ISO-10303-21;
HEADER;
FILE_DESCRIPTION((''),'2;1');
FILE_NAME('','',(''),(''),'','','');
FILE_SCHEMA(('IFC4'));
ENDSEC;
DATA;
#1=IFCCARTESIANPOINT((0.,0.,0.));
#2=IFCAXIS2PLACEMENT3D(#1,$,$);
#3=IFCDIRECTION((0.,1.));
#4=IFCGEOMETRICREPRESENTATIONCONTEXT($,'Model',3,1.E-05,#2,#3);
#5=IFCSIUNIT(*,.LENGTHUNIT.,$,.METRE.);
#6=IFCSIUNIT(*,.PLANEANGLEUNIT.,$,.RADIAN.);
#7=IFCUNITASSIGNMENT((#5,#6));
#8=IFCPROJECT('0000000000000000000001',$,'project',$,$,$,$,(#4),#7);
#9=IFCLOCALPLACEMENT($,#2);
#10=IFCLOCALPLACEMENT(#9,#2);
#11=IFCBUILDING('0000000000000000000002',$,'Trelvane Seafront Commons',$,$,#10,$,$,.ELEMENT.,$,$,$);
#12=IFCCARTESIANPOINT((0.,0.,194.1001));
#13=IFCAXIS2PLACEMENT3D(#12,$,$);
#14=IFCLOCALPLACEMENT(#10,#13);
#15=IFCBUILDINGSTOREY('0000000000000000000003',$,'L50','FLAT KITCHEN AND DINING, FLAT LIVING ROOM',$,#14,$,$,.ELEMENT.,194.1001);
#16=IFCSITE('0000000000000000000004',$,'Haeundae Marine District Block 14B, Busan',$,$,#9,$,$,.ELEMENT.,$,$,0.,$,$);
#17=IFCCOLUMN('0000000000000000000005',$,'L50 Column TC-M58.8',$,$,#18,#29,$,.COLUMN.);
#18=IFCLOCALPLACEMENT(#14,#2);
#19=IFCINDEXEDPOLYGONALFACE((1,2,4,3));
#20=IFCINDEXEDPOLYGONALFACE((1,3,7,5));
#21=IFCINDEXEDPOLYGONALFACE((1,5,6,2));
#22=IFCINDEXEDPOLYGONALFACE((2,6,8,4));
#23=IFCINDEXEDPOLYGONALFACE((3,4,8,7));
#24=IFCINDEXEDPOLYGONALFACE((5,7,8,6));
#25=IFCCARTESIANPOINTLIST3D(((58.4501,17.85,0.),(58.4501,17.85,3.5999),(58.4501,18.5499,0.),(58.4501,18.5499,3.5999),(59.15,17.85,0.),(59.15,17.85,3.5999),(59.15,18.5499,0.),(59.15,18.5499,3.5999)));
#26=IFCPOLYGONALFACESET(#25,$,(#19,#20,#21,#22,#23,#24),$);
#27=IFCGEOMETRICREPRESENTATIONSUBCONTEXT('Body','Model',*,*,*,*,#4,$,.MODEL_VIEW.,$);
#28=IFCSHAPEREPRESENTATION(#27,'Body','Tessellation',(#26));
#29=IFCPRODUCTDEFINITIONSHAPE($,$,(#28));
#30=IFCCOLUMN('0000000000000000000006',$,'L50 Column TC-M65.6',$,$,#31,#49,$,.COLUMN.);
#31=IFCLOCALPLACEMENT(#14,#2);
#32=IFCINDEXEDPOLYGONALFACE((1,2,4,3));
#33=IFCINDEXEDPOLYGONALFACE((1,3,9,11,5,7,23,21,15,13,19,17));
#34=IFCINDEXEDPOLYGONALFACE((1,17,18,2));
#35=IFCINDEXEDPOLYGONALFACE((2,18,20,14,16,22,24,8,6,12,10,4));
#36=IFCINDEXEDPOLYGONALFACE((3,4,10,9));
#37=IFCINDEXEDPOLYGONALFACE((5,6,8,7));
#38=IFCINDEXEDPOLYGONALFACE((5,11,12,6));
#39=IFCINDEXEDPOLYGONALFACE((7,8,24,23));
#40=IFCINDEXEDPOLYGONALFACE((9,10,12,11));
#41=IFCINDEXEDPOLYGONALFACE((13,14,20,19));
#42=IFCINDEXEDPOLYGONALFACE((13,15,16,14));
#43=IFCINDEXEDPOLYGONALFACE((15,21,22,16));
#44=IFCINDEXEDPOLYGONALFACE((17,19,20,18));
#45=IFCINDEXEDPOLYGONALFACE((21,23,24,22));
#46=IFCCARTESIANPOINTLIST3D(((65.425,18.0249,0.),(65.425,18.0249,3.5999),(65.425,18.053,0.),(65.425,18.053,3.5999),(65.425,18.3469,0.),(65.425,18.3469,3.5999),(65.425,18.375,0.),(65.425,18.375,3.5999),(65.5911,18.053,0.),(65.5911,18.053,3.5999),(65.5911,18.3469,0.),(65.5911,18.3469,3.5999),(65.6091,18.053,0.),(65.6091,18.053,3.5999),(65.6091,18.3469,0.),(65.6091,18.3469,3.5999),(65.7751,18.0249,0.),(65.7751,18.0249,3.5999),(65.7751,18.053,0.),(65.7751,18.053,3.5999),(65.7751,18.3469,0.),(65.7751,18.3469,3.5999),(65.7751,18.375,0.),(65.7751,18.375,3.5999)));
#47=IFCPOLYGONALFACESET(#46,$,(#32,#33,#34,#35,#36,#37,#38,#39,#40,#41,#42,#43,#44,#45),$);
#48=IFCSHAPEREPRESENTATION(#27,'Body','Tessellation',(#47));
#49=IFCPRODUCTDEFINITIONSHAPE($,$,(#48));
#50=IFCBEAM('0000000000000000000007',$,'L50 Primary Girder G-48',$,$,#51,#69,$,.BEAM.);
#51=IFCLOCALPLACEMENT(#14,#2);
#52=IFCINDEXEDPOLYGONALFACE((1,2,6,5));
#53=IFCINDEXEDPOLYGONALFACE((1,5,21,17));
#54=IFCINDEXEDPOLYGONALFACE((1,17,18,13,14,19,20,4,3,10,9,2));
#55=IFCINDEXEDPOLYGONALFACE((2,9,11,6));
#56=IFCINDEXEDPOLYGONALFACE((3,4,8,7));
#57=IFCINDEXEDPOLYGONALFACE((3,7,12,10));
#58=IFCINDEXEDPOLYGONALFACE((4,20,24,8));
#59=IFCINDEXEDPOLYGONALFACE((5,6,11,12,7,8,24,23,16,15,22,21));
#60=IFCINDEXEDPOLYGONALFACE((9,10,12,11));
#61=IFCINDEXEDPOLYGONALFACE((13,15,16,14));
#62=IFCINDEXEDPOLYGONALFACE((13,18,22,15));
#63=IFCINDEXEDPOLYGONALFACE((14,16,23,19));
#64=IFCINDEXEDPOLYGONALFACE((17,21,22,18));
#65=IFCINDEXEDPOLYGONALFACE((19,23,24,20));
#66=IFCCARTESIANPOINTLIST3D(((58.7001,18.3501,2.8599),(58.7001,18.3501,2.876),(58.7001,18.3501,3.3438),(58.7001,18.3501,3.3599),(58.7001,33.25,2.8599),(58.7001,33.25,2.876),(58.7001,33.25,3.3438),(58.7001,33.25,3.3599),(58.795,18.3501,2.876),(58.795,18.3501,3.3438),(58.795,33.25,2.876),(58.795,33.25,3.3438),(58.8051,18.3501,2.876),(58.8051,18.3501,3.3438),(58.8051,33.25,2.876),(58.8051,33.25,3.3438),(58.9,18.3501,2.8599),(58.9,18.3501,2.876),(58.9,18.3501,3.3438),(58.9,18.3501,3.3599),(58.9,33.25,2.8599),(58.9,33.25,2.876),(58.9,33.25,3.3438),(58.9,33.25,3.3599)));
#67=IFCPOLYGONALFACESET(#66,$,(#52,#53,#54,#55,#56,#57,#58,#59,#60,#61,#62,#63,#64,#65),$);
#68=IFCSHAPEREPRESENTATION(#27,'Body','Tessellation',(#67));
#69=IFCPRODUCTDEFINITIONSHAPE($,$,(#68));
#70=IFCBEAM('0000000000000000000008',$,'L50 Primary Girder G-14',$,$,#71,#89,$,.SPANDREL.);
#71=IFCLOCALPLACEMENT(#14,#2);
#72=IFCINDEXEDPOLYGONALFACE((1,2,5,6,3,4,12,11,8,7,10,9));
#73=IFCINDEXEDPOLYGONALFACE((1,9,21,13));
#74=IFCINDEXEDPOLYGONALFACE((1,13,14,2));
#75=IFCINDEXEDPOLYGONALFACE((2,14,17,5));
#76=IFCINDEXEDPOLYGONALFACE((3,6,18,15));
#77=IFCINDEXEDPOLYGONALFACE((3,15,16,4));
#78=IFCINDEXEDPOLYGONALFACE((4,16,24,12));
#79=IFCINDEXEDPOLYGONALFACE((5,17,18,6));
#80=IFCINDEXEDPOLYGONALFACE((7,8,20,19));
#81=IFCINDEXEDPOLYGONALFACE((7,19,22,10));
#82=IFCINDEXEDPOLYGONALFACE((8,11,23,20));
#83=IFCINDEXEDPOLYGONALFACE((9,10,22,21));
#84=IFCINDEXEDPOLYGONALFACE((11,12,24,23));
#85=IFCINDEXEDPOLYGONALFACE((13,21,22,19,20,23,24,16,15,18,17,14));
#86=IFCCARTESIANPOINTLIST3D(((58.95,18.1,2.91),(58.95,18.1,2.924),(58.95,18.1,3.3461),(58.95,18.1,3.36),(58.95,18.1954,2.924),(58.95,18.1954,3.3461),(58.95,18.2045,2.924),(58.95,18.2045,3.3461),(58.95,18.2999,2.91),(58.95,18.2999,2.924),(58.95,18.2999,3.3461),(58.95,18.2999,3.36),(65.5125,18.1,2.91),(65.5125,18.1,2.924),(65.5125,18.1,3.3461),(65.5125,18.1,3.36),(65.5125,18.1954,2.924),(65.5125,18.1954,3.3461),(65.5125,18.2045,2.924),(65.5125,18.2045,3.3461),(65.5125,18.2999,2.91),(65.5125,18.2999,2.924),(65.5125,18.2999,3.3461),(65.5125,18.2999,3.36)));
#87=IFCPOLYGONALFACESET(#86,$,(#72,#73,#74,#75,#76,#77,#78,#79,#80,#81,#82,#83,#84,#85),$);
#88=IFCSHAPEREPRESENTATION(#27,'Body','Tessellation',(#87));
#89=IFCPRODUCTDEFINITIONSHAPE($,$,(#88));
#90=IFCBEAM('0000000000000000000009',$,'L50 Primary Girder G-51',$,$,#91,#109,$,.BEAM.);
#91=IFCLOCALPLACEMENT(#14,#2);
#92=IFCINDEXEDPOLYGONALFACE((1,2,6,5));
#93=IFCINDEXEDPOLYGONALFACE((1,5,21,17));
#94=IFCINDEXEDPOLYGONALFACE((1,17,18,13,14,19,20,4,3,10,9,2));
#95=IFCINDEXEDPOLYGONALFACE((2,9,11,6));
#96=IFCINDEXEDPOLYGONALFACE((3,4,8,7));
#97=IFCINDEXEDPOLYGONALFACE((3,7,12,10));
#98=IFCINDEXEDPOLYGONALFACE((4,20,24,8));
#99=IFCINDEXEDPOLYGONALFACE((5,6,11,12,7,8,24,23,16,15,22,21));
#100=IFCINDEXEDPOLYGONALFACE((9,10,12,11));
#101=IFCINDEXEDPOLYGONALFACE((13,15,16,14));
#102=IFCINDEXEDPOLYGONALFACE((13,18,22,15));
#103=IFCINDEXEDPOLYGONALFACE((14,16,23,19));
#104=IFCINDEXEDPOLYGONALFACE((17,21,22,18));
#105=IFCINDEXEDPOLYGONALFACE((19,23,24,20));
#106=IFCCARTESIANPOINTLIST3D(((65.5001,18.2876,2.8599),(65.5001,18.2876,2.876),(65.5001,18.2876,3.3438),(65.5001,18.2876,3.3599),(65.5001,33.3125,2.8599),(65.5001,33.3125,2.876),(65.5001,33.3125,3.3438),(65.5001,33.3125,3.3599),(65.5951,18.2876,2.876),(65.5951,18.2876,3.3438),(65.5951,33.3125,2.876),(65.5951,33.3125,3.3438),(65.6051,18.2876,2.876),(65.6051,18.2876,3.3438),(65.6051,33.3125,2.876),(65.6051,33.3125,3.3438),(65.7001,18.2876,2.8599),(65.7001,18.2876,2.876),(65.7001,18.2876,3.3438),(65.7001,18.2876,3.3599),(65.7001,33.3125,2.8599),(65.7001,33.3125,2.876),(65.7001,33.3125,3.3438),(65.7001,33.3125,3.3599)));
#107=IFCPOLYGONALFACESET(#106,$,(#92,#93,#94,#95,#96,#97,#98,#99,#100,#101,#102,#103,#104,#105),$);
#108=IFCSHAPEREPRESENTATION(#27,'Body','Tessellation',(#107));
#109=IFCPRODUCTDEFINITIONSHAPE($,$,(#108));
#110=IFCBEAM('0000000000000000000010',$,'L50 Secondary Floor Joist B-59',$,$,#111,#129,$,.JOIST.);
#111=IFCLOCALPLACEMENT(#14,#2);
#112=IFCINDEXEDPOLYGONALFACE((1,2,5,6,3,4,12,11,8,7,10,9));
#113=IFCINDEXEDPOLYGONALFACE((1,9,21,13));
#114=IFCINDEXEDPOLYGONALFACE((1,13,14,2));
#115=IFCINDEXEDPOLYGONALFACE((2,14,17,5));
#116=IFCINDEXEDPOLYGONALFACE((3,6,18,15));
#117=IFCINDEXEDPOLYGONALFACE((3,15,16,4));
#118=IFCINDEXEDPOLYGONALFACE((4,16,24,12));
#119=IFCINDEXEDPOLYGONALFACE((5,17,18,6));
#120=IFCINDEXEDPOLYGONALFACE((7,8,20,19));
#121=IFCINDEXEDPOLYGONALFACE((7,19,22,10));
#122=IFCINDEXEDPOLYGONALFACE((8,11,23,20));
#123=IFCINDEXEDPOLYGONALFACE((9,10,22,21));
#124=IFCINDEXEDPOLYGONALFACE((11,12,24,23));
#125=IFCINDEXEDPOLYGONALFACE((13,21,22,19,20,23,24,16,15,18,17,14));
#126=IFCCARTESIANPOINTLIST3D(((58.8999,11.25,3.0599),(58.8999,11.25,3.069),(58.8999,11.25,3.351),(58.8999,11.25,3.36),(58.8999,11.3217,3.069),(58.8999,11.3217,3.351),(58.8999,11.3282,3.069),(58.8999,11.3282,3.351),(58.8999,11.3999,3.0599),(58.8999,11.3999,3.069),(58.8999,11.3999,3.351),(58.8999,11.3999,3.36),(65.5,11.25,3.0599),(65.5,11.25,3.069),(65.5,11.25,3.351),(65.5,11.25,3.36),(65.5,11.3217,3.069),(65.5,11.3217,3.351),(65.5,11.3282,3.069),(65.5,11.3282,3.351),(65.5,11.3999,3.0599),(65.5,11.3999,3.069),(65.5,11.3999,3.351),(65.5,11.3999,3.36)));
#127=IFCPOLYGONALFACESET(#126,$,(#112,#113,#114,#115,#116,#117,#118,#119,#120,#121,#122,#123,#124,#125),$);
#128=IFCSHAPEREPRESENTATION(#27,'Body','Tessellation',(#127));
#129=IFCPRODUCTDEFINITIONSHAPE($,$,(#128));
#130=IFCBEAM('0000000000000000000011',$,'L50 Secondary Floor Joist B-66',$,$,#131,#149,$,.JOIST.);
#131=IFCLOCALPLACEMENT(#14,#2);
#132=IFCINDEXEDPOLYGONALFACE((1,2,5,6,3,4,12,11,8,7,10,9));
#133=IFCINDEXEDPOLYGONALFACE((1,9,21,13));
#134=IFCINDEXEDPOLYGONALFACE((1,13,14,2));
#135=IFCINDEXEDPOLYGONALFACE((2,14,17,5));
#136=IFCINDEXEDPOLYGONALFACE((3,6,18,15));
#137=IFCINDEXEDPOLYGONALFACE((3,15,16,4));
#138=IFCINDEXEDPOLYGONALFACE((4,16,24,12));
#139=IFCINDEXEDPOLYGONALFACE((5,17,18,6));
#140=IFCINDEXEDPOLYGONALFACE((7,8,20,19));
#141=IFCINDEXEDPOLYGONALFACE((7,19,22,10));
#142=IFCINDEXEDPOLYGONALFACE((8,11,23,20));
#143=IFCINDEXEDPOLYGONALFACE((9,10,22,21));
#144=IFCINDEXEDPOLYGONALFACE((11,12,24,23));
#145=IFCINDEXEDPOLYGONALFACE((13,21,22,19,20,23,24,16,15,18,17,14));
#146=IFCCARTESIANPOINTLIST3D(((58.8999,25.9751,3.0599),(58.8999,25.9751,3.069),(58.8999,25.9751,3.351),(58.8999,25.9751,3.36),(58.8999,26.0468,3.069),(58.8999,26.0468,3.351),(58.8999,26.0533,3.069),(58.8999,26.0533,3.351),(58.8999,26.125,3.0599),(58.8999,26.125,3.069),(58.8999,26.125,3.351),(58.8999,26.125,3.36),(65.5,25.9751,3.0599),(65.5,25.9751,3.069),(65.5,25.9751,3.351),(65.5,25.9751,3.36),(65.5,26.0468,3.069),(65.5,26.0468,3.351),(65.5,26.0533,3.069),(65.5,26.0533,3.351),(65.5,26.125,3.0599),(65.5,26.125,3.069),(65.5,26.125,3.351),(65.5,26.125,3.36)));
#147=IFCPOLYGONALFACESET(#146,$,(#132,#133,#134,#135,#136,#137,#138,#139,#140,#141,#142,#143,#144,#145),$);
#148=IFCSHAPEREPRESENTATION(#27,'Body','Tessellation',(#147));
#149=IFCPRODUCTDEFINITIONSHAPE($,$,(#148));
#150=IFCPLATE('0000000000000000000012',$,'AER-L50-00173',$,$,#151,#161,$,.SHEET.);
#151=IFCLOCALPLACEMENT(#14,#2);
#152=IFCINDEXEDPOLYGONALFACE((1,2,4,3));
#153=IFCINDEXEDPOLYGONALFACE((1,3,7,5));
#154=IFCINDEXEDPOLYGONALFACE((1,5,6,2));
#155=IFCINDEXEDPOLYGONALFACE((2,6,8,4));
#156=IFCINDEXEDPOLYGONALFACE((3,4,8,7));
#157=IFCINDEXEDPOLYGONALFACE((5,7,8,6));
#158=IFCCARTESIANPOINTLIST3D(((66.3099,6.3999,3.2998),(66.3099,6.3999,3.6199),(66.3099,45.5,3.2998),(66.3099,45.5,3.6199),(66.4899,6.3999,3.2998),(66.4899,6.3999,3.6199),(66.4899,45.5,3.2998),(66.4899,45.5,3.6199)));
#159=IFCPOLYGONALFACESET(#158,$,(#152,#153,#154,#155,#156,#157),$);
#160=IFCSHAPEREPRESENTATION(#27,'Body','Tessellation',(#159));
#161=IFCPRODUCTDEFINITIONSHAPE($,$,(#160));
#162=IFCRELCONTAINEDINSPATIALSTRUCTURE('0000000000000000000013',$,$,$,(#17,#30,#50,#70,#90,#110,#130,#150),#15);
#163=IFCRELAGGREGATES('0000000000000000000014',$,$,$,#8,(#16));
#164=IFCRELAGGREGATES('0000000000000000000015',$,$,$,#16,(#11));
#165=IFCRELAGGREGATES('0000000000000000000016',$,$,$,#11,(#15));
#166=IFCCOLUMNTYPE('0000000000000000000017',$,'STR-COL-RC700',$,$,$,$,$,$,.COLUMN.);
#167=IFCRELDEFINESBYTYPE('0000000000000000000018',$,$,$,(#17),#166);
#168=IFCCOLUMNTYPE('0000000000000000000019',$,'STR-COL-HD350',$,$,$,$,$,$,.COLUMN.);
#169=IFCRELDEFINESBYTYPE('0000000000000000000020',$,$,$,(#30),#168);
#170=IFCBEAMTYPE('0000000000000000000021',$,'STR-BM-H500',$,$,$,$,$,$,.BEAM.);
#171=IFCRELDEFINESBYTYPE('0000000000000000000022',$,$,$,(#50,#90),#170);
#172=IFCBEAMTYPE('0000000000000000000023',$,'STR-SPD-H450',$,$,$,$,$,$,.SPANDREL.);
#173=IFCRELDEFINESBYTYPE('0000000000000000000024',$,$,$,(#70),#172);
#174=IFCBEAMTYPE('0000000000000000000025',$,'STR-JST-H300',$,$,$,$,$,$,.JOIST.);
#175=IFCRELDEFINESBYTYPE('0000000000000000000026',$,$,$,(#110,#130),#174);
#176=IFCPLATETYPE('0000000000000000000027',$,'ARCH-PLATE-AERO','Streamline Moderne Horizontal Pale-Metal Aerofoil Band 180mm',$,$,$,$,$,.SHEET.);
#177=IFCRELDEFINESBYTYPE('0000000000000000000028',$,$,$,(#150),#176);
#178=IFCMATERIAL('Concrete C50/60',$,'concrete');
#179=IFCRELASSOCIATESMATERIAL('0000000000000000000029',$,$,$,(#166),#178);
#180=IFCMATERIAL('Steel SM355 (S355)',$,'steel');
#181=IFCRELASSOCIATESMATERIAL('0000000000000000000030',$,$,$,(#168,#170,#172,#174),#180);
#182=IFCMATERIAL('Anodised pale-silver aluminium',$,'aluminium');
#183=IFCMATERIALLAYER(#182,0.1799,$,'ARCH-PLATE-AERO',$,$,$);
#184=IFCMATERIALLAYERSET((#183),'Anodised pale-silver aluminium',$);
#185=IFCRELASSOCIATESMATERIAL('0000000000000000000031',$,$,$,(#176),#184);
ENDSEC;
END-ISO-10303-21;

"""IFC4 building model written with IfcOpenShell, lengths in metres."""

from ifc_helpers import new_model, si_unit, direction, frame, origin, origin_2d, place, context, subcontext, project, spatial, rectangle, i_section, extrude, source, transform, mapped, material, layer, layer_set, material_profile, profile_set, type_object, element, save


model = new_model("IFC4")

# Units and contexts
model_context = context("Model", 3, precision=1e-05, world=origin(), true_north=direction((0.0, 1.0)))
body_context = subcontext(model_context, "Body", "Model", "MODEL_VIEW")
ifc_project = project(units=[si_unit("LENGTHUNIT", "METRE"), si_unit("PLANEANGLEUNIT", "RADIAN")], contexts=[model_context])

# Site, building, storey
site_placement = place(None, origin())
site = spatial("IfcSite", under=ifc_project, at=site_placement, Name="Haeundae Marine District Block 14B, Busan", CompositionType="ELEMENT", RefElevation=0.0)
building_placement = place(site_placement, origin())
building = spatial("IfcBuilding", under=site, at=building_placement, Name="Trelvane Seafront Commons", CompositionType="ELEMENT")
storey_placement = place(building_placement, frame((0.0, 0.0, 194.1001)))
storey = spatial("IfcBuildingStorey", under=building, at=storey_placement, Name="L50", Description="FLAT KITCHEN AND DINING, FLAT LIVING ROOM", CompositionType="ELEMENT", Elevation=194.1001)

# Columns
ifc_material_1 = material(Name="Concrete C50/60", Category="concrete")
ifc_material_profile_1 = material_profile(ifc_material_1, rectangle(XDim=0.7, YDim=0.7, at=origin_2d()), Name="RC-700x700")
ifc_profile_set_1 = profile_set([ifc_material_profile_1], Name="Concrete C50/60")
column_type_1 = type_object("IfcColumnType", Name="STR-COL-RC700", PredefinedType="COLUMN", material=ifc_profile_set_1)
shared_shape_1 = source(origin(), body_context, "Body", "SweptSolid", [
    extrude(rectangle(XDim=0.7, YDim=0.7, at=origin_2d()), origin(), (0.0, 0.0, 1.0), 3.5999),
])
column_1_placement = place(storey_placement, frame((58.8, 18.2, 0.0), z_axis=(0.0, 0.0, 1.0), x_axis=(1.0, 0.0, 0.0)))
element("IfcColumn", 1, at=column_1_placement, inside=storey, type_object=column_type_1, Name="L50 Column TC-M58.8", PredefinedType="COLUMN", context=body_context, shape_type="MappedRepresentation", body=[
    mapped(shared_shape_1, transform((0.0, 0.0, 0.0), x_axis=(1.0, 0.0, 0.0), y_axis=(0.0, 1.0, 0.0), z_axis=(0.0, 0.0, 1.0), scale=1.0)),
])
ifc_material_2 = material(Name="Steel SM355 (S355)", Category="steel")
ifc_material_profile_2 = material_profile(ifc_material_2, i_section(OverallWidth=0.3501, OverallDepth=0.3501, WebThickness=0.0181, FlangeThickness=0.0281, at=origin_2d()), Name="HD-350x350x18x28")
ifc_profile_set_2 = profile_set([ifc_material_profile_2], Name="Steel SM355 (S355)")
column_type_2 = type_object("IfcColumnType", Name="STR-COL-HD350", PredefinedType="COLUMN", material=ifc_profile_set_2)
shared_shape_2 = source(origin(), body_context, "Body", "SweptSolid", [
    extrude(i_section(OverallWidth=0.3501, OverallDepth=0.3501, WebThickness=0.0181, FlangeThickness=0.0281, at=origin_2d()), origin(), (0.0, 0.0, 1.0), 3.5999),
])
column_2_placement = place(storey_placement, frame((65.6001, 18.2, 0.0), z_axis=(0.0, 0.0, 1.0), x_axis=(1.0, 0.0, 0.0)))
element("IfcColumn", 2, at=column_2_placement, inside=storey, type_object=column_type_2, Name="L50 Column TC-M65.6", PredefinedType="COLUMN", context=body_context, shape_type="MappedRepresentation", body=[
    mapped(shared_shape_2, transform((0.0, 0.0, 0.0), x_axis=(1.0, 0.0, 0.0), y_axis=(0.0, 1.0, 0.0), z_axis=(0.0, 0.0, 1.0), scale=1.0)),
])

# Beams
ifc_material_profile_3 = material_profile(ifc_material_2, i_section(OverallWidth=0.2, OverallDepth=0.5, WebThickness=0.01, FlangeThickness=0.0161, at=origin_2d()), Name="H-500x200x10x16")
ifc_profile_set_3 = profile_set([ifc_material_profile_3], Name="Steel SM355 (S355)")
beam_type_1 = type_object("IfcBeamType", Name="STR-BM-H500", PredefinedType="BEAM", material=ifc_profile_set_3)
shared_shape_3 = source(origin(), body_context, "Body", "SweptSolid", [
    extrude(i_section(OverallWidth=0.2, OverallDepth=0.5, WebThickness=0.01, FlangeThickness=0.0161, at=origin_2d()), origin(), (0.0, 0.0, 1.0), 14.8999),
])
beam_1_placement = place(storey_placement, frame((58.8, 18.3501, 3.1099), z_axis=(0.0, 1.0, 0.0), x_axis=(-1.0, 0.0, 0.0)))
element("IfcBeam", 3, at=beam_1_placement, inside=storey, type_object=beam_type_1, Name="L50 Primary Girder G-48", PredefinedType="BEAM", context=body_context, shape_type="MappedRepresentation", body=[
    mapped(shared_shape_3, transform((0.0, 0.0, 0.0), x_axis=(1.0, 0.0, 0.0), y_axis=(0.0, 1.0, 0.0), z_axis=(0.0, 0.0, 1.0), scale=1.0)),
])
ifc_material_profile_4 = material_profile(ifc_material_2, i_section(OverallWidth=0.2, OverallDepth=0.45, WebThickness=0.009, FlangeThickness=0.0139, at=origin_2d()), Name="H-450x200x9x14")
ifc_profile_set_4 = profile_set([ifc_material_profile_4], Name="Steel SM355 (S355)")
beam_type_2 = type_object("IfcBeamType", Name="STR-SPD-H450", PredefinedType="SPANDREL", material=ifc_profile_set_4)
shared_shape_4 = source(origin(), body_context, "Body", "SweptSolid", [
    extrude(i_section(OverallWidth=0.2, OverallDepth=0.45, WebThickness=0.009, FlangeThickness=0.0139, at=origin_2d()), origin(), (0.0, 0.0, 1.0), 6.5625),
])
beam_2_placement = place(storey_placement, frame((58.95, 18.2, 3.135), z_axis=(1.0, 0.0, 0.0), x_axis=(0.0, 1.0, 0.0)))
element("IfcBeam", 4, at=beam_2_placement, inside=storey, type_object=beam_type_2, Name="L50 Primary Girder G-14", PredefinedType="SPANDREL", context=body_context, shape_type="MappedRepresentation", body=[
    mapped(shared_shape_4, transform((0.0, 0.0, 0.0), x_axis=(1.0, 0.0, 0.0), y_axis=(0.0, 1.0, 0.0), z_axis=(0.0, 0.0, 1.0), scale=1.0)),
])
shared_shape_5 = source(origin(), body_context, "Body", "SweptSolid", [
    extrude(i_section(OverallWidth=0.2, OverallDepth=0.5, WebThickness=0.01, FlangeThickness=0.0161, at=origin_2d()), origin(), (0.0, 0.0, 1.0), 15.0249),
])
beam_3_placement = place(storey_placement, frame((65.6001, 18.2876, 3.1099), z_axis=(0.0, 1.0, 0.0), x_axis=(-1.0, 0.0, 0.0)))
element("IfcBeam", 5, at=beam_3_placement, inside=storey, type_object=beam_type_1, Name="L50 Primary Girder G-51", PredefinedType="BEAM", context=body_context, shape_type="MappedRepresentation", body=[
    mapped(shared_shape_5, transform((0.0, 0.0, 0.0), x_axis=(1.0, 0.0, 0.0), y_axis=(0.0, 1.0, 0.0), z_axis=(0.0, 0.0, 1.0), scale=1.0)),
])
ifc_material_profile_5 = material_profile(ifc_material_2, i_section(OverallWidth=0.1499, OverallDepth=0.3, WebThickness=0.0066, FlangeThickness=0.009, at=origin_2d()), Name="H-300x150x6.5x9")
ifc_profile_set_5 = profile_set([ifc_material_profile_5], Name="Steel SM355 (S355)")
beam_type_3 = type_object("IfcBeamType", Name="STR-JST-H300", PredefinedType="JOIST", material=ifc_profile_set_5)
shared_shape_6 = source(origin(), body_context, "Body", "SweptSolid", [
    extrude(i_section(OverallWidth=0.1499, OverallDepth=0.3, WebThickness=0.0066, FlangeThickness=0.009, at=origin_2d()), origin(), (0.0, 0.0, 1.0), 6.6001),
])
for number, where, z_axis, x_axis, name in (
    (6, (58.8999, 11.325, 3.21), (1.0, 0.0, 0.0), (0.0, 1.0, 0.0), "L50 Secondary Floor Joist B-59"),
    (7, (58.8999, 26.05, 3.21), (1.0, 0.0, 0.0), (0.0, 1.0, 0.0), "L50 Secondary Floor Joist B-66"),
):
    element("IfcBeam", number, at=place(storey_placement, frame(where, z_axis=z_axis, x_axis=x_axis)), inside=storey, type_object=beam_type_3, Name=name, PredefinedType="JOIST", context=body_context, shape_type="MappedRepresentation", body=[
        mapped(shared_shape_6, transform((0.0, 0.0, 0.0), x_axis=(1.0, 0.0, 0.0), y_axis=(0.0, 1.0, 0.0), z_axis=(0.0, 0.0, 1.0), scale=1.0)),
    ])

# Plate
ifc_material_3 = material(Name="Anodised pale-silver aluminium", Category="aluminium")
ifc_layer_1 = layer(ifc_material_3, 0.1799, Name="ARCH-PLATE-AERO")
ifc_layer_set_1 = layer_set([ifc_layer_1], Name="Anodised pale-silver aluminium")
plate_type = type_object("IfcPlateType", Name="ARCH-PLATE-AERO", Description="Streamline Moderne Horizontal Pale-Metal Aerofoil Band 180mm", PredefinedType="SHEET", material=ifc_layer_set_1)
shared_shape_7 = source(origin(), body_context, "Body", "SweptSolid", [
    extrude(rectangle(XDim=39.1001, YDim=0.1799, at=origin_2d()), origin(), (0.0, 0.0, 1.0), 0.3201),
])
plate_placement = place(storey_placement, frame((66.3999, 25.95, 3.2998), z_axis=(0.0, 0.0, 1.0), x_axis=(0.0, -1.0, 0.0)))
element("IfcPlate", 8, at=plate_placement, inside=storey, type_object=plate_type, Name="AER-L50-00173", PredefinedType="SHEET", context=body_context, shape_type="MappedRepresentation", body=[
    mapped(shared_shape_7, transform((0.0, 0.0, 0.0), x_axis=(1.0, 0.0, 0.0), y_axis=(0.0, 1.0, 0.0), z_axis=(0.0, 0.0, 1.0), scale=1.0)),
])

save(model, "model.ifc")
